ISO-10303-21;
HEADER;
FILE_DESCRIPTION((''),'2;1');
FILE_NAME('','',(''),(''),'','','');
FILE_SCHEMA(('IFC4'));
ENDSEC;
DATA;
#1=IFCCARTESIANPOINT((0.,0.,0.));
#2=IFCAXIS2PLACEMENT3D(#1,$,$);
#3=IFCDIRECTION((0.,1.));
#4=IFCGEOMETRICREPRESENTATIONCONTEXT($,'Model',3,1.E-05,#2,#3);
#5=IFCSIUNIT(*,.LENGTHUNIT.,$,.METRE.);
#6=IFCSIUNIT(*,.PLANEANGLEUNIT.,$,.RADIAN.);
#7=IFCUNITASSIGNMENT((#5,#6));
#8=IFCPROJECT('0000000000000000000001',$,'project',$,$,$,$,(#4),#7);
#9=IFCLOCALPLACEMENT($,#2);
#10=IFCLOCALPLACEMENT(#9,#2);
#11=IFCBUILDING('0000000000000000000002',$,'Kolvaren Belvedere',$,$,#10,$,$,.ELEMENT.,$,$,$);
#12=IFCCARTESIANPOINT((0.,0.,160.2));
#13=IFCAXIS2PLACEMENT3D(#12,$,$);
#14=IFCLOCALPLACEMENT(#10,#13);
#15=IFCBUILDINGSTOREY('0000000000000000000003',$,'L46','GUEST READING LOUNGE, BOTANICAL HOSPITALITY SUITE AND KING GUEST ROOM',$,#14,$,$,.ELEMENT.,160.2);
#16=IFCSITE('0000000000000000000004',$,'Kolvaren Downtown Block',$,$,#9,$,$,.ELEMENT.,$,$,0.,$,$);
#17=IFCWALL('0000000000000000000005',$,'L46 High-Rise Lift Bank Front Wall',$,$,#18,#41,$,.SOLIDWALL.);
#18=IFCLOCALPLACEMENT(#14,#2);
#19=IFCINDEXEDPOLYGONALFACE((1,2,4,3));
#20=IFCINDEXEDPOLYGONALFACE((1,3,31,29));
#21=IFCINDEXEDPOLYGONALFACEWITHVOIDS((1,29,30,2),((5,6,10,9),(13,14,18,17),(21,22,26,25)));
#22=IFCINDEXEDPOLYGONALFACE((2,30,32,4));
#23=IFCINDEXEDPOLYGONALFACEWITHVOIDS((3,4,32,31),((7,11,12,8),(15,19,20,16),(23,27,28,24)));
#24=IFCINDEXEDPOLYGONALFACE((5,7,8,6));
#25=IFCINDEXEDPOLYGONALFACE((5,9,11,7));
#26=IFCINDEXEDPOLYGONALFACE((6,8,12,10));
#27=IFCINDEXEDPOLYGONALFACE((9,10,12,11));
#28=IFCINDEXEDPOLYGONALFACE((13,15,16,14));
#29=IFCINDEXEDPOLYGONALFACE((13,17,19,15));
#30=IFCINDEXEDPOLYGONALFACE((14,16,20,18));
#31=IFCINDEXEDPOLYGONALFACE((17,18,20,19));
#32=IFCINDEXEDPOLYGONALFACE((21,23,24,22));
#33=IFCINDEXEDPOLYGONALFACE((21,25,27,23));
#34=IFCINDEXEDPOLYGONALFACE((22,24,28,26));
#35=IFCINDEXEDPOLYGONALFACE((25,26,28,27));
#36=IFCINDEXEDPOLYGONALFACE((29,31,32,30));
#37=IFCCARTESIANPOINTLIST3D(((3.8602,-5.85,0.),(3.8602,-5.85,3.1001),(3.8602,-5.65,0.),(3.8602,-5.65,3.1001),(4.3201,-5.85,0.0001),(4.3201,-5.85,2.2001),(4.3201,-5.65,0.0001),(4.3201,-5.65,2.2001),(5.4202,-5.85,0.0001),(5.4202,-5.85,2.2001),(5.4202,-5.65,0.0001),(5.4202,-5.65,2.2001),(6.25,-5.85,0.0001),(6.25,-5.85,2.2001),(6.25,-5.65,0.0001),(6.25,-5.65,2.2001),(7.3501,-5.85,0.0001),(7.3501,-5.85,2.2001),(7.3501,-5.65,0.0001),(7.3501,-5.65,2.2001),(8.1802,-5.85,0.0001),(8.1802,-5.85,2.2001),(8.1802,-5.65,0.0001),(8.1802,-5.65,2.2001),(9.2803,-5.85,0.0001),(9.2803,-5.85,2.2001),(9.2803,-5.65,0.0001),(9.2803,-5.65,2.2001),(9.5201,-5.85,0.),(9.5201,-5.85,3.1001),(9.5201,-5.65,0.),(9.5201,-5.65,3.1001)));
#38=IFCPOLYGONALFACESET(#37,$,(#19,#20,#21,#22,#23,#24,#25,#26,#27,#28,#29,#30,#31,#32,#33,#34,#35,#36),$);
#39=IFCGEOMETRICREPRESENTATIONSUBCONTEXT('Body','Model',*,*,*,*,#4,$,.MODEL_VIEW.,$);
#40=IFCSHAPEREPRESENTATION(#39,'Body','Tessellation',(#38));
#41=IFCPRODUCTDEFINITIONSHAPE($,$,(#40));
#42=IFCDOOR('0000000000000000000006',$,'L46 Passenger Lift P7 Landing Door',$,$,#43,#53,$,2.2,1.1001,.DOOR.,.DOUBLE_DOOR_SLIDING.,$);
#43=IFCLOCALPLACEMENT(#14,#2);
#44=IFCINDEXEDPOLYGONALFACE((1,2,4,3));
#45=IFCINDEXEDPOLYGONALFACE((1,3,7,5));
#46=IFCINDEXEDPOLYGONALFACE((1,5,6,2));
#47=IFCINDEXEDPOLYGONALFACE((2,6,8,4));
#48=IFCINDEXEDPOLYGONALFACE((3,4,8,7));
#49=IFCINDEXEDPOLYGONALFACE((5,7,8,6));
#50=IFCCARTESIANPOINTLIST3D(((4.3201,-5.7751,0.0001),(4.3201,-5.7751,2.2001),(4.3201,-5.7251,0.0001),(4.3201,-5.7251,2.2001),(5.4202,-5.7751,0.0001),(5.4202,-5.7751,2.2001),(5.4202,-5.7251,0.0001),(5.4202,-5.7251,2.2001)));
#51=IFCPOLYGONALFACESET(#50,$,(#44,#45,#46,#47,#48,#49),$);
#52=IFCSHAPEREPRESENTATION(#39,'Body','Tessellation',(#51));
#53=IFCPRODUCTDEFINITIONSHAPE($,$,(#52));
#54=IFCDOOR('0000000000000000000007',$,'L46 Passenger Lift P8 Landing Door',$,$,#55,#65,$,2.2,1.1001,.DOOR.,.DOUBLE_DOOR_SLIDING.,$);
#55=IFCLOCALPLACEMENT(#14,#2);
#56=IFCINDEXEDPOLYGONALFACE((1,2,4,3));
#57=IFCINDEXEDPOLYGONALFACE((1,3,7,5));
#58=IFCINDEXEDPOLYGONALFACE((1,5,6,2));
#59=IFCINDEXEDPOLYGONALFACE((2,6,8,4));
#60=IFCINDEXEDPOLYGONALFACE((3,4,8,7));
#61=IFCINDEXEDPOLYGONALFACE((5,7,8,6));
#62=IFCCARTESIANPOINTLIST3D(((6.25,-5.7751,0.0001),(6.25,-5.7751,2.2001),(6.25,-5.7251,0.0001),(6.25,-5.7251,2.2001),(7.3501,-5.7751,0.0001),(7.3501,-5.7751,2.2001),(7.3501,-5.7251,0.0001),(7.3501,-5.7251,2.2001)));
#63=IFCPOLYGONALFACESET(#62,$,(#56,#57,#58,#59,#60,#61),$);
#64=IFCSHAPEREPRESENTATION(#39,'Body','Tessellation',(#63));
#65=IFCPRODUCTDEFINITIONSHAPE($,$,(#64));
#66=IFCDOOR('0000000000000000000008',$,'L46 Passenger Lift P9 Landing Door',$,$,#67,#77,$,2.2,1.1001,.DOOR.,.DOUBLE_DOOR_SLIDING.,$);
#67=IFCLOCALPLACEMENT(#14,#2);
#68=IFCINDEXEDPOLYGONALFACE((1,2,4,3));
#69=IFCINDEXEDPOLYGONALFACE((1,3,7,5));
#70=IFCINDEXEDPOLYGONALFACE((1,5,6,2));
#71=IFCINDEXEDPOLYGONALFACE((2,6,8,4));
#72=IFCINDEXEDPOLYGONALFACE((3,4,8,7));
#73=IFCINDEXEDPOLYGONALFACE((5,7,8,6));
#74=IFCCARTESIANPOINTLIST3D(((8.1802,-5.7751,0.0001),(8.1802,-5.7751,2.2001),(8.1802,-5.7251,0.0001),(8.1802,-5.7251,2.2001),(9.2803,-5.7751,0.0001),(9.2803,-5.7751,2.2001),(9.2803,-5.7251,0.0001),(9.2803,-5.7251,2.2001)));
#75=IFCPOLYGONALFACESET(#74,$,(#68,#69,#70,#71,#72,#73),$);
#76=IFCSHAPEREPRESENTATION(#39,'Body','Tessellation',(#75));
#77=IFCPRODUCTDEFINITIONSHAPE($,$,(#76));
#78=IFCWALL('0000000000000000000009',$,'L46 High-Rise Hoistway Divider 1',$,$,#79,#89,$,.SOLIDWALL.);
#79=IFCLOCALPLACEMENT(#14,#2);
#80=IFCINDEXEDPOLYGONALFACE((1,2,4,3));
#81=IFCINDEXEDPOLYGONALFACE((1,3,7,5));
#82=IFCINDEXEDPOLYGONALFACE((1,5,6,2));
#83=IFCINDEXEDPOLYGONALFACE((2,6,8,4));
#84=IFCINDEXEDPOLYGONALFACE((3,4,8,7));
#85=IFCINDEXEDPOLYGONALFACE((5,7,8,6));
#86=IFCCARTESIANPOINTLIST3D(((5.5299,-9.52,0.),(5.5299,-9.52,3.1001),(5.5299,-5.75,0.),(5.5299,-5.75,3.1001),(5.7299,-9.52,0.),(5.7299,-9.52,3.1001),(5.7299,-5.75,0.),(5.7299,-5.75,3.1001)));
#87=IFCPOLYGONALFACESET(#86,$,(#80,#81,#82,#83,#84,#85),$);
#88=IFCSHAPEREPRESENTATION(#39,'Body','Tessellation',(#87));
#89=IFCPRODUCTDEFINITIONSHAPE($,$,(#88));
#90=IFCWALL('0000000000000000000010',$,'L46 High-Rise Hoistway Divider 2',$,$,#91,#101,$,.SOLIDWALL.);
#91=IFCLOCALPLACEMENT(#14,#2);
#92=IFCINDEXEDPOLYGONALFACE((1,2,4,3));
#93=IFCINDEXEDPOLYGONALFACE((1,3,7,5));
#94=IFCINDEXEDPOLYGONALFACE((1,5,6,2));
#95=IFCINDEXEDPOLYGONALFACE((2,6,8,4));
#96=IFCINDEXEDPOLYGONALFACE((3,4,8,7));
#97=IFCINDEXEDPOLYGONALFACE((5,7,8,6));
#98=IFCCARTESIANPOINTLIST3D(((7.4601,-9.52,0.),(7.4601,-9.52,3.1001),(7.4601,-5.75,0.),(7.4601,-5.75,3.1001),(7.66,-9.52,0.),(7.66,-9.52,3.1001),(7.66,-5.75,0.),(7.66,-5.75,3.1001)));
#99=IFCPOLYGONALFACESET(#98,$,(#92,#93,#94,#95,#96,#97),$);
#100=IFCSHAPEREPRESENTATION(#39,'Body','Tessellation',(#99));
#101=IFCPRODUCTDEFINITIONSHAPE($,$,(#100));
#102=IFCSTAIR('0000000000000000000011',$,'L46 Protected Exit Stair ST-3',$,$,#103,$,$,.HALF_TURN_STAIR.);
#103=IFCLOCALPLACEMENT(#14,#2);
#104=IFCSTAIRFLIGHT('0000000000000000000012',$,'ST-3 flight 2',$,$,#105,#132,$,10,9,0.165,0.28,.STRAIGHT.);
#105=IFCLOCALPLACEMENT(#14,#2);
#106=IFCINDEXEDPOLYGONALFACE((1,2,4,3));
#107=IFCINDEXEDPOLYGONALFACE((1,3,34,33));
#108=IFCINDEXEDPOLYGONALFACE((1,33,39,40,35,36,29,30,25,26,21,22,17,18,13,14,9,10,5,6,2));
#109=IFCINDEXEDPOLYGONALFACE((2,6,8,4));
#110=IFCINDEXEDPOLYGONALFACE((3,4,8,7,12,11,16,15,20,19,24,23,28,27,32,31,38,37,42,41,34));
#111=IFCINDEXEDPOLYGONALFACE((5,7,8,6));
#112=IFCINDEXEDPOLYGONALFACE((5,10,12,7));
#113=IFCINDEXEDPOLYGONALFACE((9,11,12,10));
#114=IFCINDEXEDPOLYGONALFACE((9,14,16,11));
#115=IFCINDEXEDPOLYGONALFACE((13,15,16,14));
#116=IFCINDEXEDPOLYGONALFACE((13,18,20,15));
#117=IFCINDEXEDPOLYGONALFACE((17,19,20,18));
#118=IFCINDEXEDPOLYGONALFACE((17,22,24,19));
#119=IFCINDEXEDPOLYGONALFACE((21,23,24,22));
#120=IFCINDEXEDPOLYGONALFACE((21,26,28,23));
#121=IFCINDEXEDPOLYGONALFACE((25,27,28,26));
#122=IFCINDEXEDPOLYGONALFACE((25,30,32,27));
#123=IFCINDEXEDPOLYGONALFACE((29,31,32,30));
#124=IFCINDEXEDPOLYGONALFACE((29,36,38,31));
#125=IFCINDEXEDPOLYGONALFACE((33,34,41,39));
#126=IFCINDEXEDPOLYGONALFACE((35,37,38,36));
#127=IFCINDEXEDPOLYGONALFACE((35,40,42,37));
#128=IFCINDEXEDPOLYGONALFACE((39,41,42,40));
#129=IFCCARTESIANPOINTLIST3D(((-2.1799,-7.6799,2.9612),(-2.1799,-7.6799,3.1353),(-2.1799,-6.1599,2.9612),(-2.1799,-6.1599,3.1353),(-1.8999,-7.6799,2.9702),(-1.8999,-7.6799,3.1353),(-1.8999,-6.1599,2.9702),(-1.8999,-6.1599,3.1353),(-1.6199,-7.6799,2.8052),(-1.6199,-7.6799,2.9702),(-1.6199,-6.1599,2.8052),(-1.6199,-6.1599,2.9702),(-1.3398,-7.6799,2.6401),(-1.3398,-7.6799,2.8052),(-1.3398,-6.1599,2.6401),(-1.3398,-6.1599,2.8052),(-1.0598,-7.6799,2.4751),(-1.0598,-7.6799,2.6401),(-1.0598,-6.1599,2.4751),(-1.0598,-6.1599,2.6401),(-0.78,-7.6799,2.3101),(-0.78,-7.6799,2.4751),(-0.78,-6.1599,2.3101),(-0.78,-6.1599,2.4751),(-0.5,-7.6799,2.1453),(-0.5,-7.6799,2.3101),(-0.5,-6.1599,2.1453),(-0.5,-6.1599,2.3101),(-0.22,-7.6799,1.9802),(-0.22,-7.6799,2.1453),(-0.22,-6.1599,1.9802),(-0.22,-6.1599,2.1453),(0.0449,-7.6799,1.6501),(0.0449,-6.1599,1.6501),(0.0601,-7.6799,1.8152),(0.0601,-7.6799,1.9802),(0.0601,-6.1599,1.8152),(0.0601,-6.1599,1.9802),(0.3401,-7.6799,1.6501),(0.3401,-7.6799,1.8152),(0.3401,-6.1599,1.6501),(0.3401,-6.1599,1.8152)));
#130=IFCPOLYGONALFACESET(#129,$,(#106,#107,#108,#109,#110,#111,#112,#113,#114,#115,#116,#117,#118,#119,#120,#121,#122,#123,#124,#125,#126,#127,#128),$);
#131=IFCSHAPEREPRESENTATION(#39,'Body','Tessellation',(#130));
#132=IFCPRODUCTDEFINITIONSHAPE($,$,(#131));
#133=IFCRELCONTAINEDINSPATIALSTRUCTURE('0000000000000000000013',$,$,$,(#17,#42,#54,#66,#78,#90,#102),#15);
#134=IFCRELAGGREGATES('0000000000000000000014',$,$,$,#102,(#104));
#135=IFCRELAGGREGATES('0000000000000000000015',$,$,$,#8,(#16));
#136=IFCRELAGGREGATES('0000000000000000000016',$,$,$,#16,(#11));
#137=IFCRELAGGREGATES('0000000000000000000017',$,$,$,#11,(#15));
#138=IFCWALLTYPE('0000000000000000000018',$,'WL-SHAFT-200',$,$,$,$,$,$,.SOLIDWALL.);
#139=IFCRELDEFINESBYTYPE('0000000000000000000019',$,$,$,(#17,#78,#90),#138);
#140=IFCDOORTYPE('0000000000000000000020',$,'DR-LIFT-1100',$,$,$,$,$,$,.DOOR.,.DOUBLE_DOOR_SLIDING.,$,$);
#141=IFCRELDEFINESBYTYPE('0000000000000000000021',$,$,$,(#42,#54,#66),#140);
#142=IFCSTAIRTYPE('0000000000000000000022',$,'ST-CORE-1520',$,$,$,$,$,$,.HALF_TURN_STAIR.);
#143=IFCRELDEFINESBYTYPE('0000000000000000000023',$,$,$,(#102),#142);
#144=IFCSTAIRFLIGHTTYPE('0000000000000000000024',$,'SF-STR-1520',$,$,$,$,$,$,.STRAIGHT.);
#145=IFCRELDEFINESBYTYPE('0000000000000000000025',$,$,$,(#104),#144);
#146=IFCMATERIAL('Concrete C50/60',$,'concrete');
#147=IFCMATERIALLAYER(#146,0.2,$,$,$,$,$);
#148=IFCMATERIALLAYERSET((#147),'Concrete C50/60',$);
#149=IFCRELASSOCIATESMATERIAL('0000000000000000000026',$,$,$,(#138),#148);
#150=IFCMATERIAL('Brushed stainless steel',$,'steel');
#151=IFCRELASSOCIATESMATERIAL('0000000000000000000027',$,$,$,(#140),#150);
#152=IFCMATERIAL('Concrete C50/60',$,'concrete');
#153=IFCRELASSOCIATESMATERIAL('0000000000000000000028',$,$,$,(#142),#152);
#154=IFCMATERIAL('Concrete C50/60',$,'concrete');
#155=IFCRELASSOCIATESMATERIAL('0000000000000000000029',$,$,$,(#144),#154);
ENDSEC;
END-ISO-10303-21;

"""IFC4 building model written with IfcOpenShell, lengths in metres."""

from ifc_helpers import new_model, si_unit, direction, frame, frame_2d, origin, place, context, subcontext, project, spatial, polyline, rectangle, outline, extrude, material, layer, layer_set, type_object, element, fill, aggregate, save


model = new_model("IFC4")

# Units and contexts
model_context = context("Model", 3, precision=1e-05, world=origin(), true_north=direction((0.0, 1.0)))
body_context = subcontext(model_context, "Body", "Model", "MODEL_VIEW")
ifc_project = project(units=[si_unit("LENGTHUNIT", "METRE"), si_unit("PLANEANGLEUNIT", "RADIAN")], contexts=[model_context])

# Site, building, storey
site_placement = place(None, origin())
site = spatial("IfcSite", under=ifc_project, at=site_placement, Name="Kolvaren Downtown Block", CompositionType="ELEMENT", RefElevation=0.0)
building_placement = place(site_placement, origin())
building = spatial("IfcBuilding", under=site, at=building_placement, Name="Kolvaren Belvedere", CompositionType="ELEMENT")
storey_placement = place(building_placement, frame((0.0, 0.0, 160.2)))
storey = spatial("IfcBuildingStorey", under=building, at=storey_placement, Name="L46", Description="GUEST READING LOUNGE, BOTANICAL HOSPITALITY SUITE AND KING GUEST ROOM", CompositionType="ELEMENT", Elevation=160.2)

# Shared definitions
ifc_material_1 = material(Name="Concrete C50/60", Category="concrete")
ifc_layer_1 = layer(ifc_material_1, 0.2)
ifc_layer_set_1 = layer_set([ifc_layer_1], Name="Concrete C50/60")
wall_type_1 = type_object("IfcWallType", Name="WL-SHAFT-200", PredefinedType="SOLIDWALL", material=ifc_layer_set_1)
ifc_material_2 = material(Name="Brushed stainless steel", Category="steel")
door_type_1 = type_object("IfcDoorType", Name="DR-LIFT-1100", OperationType="DOUBLE_DOOR_SLIDING", PredefinedType="DOOR", material=ifc_material_2)

# Wall, openings, doors
wall_1_placement = place(storey_placement, frame((3.8601, -5.75, 0.0), z_axis=(0.0, 0.0, 1.0), x_axis=(1.0, 0.0, 0.0)))
wall_1 = element("IfcWall", 1, at=wall_1_placement, inside=storey, type_object=wall_type_1, Name="L46 High-Rise Lift Bank Front Wall", PredefinedType="SOLIDWALL", context=body_context, shape_type="SweptSolid", body=[
    extrude(rectangle(XDim=5.6599, YDim=0.2, at=frame_2d((2.8301, 0.0))), origin(), (0.0, 0.0, 1.0), 3.1001),
])
opening_1_placement = place(wall_1_placement, frame((0.46, 0.0, 0.0)))
opening_1 = element("IfcOpeningElement", 2, at=opening_1_placement, cuts=wall_1, PredefinedType="OPENING", context=body_context, shape_type="SweptSolid", body=[
    extrude(rectangle(XDim=1.1001, YDim=2.2, at=frame_2d((0.55, 1.1001))), frame((0.0, 0.1099, 0.0), z_axis=(0.0, -1.0, 0.0), x_axis=(1.0, 0.0, 0.0)), (0.0, 0.0, 1.0), 0.22),
])
opening_2_placement = place(wall_1_placement, frame((2.3899, 0.0, 0.0)))
opening_2 = element("IfcOpeningElement", 3, at=opening_2_placement, cuts=wall_1, PredefinedType="OPENING", context=body_context, shape_type="SweptSolid", body=[
    extrude(rectangle(XDim=1.1001, YDim=2.2, at=frame_2d((0.55, 1.1001))), frame((0.0, 0.1099, 0.0), z_axis=(0.0, -1.0, 0.0), x_axis=(1.0, 0.0, 0.0)), (0.0, 0.0, 1.0), 0.22),
])
opening_3_placement = place(wall_1_placement, frame((4.3201, 0.0, 0.0)))
opening_3 = element("IfcOpeningElement", 4, at=opening_3_placement, cuts=wall_1, PredefinedType="OPENING", context=body_context, shape_type="SweptSolid", body=[
    extrude(rectangle(XDim=1.1001, YDim=2.2, at=frame_2d((0.55, 1.1001))), frame((0.0, 0.1099, 0.0), z_axis=(0.0, -1.0, 0.0), x_axis=(1.0, 0.0, 0.0)), (0.0, 0.0, 1.0), 0.22),
])
door_1_placement = place(opening_1_placement, origin())
door_1 = element("IfcDoor", 5, at=door_1_placement, inside=storey, type_object=door_type_1, Name="L46 Passenger Lift P7 Landing Door", OperationType="DOUBLE_DOOR_SLIDING", OverallHeight=2.2, OverallWidth=1.1001, PredefinedType="DOOR", context=body_context, shape_type="SweptSolid", body=[
    extrude(rectangle(XDim=1.1001, YDim=2.2, at=frame_2d((0.55, 1.1001))), frame((0.0, 0.0249, 0.0), z_axis=(0.0, -1.0, 0.0), x_axis=(1.0, 0.0, 0.0)), (0.0, 0.0, 1.0), 0.05),
])
fill(opening_1, door_1)
door_2_placement = place(opening_2_placement, origin())
door_2 = element("IfcDoor", 6, at=door_2_placement, inside=storey, type_object=door_type_1, Name="L46 Passenger Lift P8 Landing Door", OperationType="DOUBLE_DOOR_SLIDING", OverallHeight=2.2, OverallWidth=1.1001, PredefinedType="DOOR", context=body_context, shape_type="SweptSolid", body=[
    extrude(rectangle(XDim=1.1001, YDim=2.2, at=frame_2d((0.55, 1.1001))), frame((0.0, 0.0249, 0.0), z_axis=(0.0, -1.0, 0.0), x_axis=(1.0, 0.0, 0.0)), (0.0, 0.0, 1.0), 0.05),
])
fill(opening_2, door_2)
door_3_placement = place(opening_3_placement, origin())
door_3 = element("IfcDoor", 7, at=door_3_placement, inside=storey, type_object=door_type_1, Name="L46 Passenger Lift P9 Landing Door", OperationType="DOUBLE_DOOR_SLIDING", OverallHeight=2.2, OverallWidth=1.1001, PredefinedType="DOOR", context=body_context, shape_type="SweptSolid", body=[
    extrude(rectangle(XDim=1.1001, YDim=2.2, at=frame_2d((0.55, 1.1001))), frame((0.0, 0.0249, 0.0), z_axis=(0.0, -1.0, 0.0), x_axis=(1.0, 0.0, 0.0)), (0.0, 0.0, 1.0), 0.05),
])
fill(opening_3, door_3)

# Walls
for number, where, z_axis, x_axis, name in (
    (8, (5.6299, -9.52, 0.0), (0.0, 0.0, 1.0), (0.0, 1.0, 0.0), "L46 High-Rise Hoistway Divider 1"),
    (9, (7.5601, -9.52, 0.0), (0.0, 0.0, 1.0), (0.0, 1.0, 0.0), "L46 High-Rise Hoistway Divider 2"),
):
    element("IfcWall", number, at=place(storey_placement, frame(where, z_axis=z_axis, x_axis=x_axis)), inside=storey, type_object=wall_type_1, Name=name, PredefinedType="SOLIDWALL", context=body_context, shape_type="SweptSolid", body=[
        extrude(rectangle(XDim=3.77, YDim=0.2, at=frame_2d((1.885, 0.0))), origin(), (0.0, 0.0, 1.0), 3.1001),
    ])

# Stair, stair flight
ifc_material_3 = material(Name="Concrete C50/60", Category="concrete")
stair_type = type_object("IfcStairType", Name="ST-CORE-1520", PredefinedType="HALF_TURN_STAIR", material=ifc_material_3)
stair_placement = place(storey_placement, origin())
stair = element("IfcStair", 10, at=stair_placement, inside=storey, type_object=stair_type, Name="L46 Protected Exit Stair ST-3", PredefinedType="HALF_TURN_STAIR")
ifc_material_4 = material(Name="Concrete C50/60", Category="concrete")
stair_flight_type = type_object("IfcStairFlightType", Name="SF-STR-1520", PredefinedType="STRAIGHT", material=ifc_material_4)
stair_flight_placement = place(storey_placement, frame((0.3401, -6.9199, 1.6501), z_axis=(0.0, 0.0, 1.0), x_axis=(-1.0, 0.0, 0.0)))
stair_flight = element("IfcStairFlight", 11, at=stair_flight_placement, type_object=stair_flight_type, Name="ST-3 flight 2", NumberOfRisers=10, NumberOfTreads=9, PredefinedType="STRAIGHT", RiserHeight=0.165, TreadLength=0.28, context=body_context, shape_type="SweptSolid", body=[
    extrude(outline(polyline([(0.0, 0.0), (0.0, 0.165), (0.28, 0.165), (0.28, 0.3301), (0.5601, 0.3301), (0.5601, 0.4951), (0.8401, 0.4951), (0.8401, 0.6599), (1.1201, 0.6599), (1.1201, 0.825), (1.3999, 0.825), (1.3999, 0.99), (1.6799, 0.99), (1.6799, 1.155), (1.96, 1.155), (1.96, 1.3201), (2.24, 1.3201), (2.24, 1.4851), (2.52, 1.4851), (2.52, 1.6499), (2.52, 1.311), (0.2952, 0.0), (0.0, 0.0)])), frame((0.0, 0.76, 0.0), z_axis=(0.0, -1.0, 0.0), x_axis=(1.0, 0.0, 0.0)), (0.0, 0.0, 1.0), 1.52),
])
aggregate(stair, [stair_flight])

save(model, "model.ifc")
